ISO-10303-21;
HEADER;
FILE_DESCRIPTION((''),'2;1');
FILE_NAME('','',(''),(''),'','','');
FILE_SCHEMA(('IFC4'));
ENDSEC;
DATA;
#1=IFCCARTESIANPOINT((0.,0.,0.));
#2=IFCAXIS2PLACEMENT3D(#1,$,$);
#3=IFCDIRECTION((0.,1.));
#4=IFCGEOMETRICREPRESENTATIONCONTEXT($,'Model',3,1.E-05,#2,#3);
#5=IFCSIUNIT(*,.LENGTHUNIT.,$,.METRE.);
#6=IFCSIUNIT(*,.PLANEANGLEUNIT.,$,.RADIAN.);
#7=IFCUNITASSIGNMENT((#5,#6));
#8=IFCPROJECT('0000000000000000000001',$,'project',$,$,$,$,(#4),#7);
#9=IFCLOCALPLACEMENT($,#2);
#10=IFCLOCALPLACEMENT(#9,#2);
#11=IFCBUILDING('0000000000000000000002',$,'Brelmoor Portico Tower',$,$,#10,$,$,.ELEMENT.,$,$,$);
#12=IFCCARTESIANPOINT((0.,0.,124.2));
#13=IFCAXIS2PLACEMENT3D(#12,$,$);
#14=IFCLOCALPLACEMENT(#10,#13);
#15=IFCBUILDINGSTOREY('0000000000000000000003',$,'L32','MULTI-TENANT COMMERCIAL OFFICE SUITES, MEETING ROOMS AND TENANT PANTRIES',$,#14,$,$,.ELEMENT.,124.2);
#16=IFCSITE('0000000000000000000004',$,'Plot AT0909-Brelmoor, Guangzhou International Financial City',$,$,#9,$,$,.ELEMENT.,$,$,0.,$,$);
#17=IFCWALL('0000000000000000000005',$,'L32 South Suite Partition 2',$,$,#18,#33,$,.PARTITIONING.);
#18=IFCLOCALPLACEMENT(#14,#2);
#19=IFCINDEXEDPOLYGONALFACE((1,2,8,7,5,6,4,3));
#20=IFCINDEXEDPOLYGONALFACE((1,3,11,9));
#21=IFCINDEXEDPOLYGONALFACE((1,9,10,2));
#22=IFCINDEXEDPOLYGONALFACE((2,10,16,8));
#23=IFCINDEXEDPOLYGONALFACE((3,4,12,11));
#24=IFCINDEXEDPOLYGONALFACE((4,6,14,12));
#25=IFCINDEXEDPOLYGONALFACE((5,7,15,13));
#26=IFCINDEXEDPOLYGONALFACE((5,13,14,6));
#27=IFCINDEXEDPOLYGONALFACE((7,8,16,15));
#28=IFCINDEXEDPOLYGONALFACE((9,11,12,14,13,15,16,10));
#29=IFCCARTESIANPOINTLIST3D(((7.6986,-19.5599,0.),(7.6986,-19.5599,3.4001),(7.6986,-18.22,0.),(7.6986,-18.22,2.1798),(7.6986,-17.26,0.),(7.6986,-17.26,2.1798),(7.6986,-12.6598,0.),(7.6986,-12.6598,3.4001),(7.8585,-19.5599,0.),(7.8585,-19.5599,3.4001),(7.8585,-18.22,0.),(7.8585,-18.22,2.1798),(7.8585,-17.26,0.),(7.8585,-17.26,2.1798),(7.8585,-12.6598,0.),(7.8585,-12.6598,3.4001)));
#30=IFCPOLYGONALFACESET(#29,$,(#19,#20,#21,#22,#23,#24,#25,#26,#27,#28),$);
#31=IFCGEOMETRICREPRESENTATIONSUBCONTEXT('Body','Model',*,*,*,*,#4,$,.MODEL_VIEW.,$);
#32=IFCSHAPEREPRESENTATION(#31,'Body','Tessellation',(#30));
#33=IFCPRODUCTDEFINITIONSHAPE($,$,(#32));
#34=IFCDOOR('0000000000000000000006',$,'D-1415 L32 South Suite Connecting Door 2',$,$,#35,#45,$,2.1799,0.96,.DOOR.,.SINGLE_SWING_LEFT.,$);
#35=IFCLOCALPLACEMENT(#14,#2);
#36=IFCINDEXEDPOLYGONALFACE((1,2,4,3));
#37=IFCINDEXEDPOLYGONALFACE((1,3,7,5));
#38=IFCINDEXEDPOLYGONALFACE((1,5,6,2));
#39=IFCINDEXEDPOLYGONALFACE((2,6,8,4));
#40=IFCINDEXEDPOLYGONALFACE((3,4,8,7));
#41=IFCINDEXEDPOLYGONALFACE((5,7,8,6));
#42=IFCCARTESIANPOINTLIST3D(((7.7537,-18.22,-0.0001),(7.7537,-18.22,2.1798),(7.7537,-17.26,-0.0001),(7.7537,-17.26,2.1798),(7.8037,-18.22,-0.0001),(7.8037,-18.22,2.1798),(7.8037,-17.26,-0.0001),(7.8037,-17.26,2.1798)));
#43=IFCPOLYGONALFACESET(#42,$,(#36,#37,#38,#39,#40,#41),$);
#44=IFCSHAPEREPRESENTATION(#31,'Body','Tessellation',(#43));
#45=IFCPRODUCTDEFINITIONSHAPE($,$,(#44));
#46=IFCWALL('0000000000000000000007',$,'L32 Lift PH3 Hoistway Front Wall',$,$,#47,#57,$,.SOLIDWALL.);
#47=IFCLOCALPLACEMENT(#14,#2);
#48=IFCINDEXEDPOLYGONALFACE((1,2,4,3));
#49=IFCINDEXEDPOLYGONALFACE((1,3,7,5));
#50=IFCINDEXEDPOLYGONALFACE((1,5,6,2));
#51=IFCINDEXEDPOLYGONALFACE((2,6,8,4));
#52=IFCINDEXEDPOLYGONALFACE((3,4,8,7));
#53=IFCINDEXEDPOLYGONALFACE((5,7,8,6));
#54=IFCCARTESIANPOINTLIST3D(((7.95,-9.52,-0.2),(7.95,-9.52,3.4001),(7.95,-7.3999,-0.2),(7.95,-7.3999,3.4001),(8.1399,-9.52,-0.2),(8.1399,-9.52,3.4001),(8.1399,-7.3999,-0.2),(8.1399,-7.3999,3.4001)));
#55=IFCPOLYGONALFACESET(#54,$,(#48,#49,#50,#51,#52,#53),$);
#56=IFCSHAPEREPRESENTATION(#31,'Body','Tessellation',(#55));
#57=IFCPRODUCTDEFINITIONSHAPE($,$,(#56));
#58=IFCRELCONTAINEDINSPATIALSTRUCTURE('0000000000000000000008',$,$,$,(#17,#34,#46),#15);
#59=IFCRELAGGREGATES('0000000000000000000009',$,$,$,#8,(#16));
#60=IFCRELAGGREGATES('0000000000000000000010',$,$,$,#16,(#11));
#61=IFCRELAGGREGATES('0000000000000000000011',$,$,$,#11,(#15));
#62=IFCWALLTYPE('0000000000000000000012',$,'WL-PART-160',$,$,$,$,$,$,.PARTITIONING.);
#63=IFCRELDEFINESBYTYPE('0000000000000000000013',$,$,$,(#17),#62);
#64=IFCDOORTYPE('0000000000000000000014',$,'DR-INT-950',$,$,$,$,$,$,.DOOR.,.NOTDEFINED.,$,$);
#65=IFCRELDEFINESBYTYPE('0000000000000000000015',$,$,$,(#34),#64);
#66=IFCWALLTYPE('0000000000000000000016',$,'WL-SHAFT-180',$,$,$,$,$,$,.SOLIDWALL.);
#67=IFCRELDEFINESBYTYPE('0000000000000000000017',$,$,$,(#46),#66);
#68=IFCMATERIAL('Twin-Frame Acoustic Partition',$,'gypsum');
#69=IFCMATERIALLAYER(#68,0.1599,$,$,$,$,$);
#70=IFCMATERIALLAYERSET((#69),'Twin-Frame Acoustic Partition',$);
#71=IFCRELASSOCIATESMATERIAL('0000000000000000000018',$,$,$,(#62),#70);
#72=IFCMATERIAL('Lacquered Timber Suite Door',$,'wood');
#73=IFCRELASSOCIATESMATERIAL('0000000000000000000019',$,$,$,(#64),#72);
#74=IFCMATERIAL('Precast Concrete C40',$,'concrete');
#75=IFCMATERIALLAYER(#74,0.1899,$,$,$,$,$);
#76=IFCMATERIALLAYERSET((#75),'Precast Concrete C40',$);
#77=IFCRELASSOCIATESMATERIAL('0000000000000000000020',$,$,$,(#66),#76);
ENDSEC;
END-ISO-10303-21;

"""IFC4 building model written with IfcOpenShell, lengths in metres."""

from ifc_helpers import new_model, si_unit, direction, frame, frame_2d, origin, place, context, subcontext, project, spatial, rectangle, extrude, material, layer, layer_set, type_object, element, fill, save


model = new_model("IFC4")

# Units and contexts
model_context = context("Model", 3, precision=1e-05, world=origin(), true_north=direction((0.0, 1.0)))
body_context = subcontext(model_context, "Body", "Model", "MODEL_VIEW")
ifc_project = project(units=[si_unit("LENGTHUNIT", "METRE"), si_unit("PLANEANGLEUNIT", "RADIAN")], contexts=[model_context])

# Site, building, storey
site_placement = place(None, origin())
site = spatial("IfcSite", under=ifc_project, at=site_placement, Name="Plot AT0909-Brelmoor, Guangzhou International Financial City", CompositionType="ELEMENT", RefElevation=0.0)
building_placement = place(site_placement, origin())
building = spatial("IfcBuilding", under=site, at=building_placement, Name="Brelmoor Portico Tower", CompositionType="ELEMENT")
storey_placement = place(building_placement, frame((0.0, 0.0, 124.2)))
storey = spatial("IfcBuildingStorey", under=building, at=storey_placement, Name="L32", Description="MULTI-TENANT COMMERCIAL OFFICE SUITES, MEETING ROOMS AND TENANT PANTRIES", CompositionType="ELEMENT", Elevation=124.2)

# Wall, opening, door
ifc_material_1 = material(Name="Twin-Frame Acoustic Partition", Category="gypsum")
ifc_layer_1 = layer(ifc_material_1, 0.1599)
ifc_layer_set_1 = layer_set([ifc_layer_1], Name="Twin-Frame Acoustic Partition")
wall_type_1 = type_object("IfcWallType", Name="WL-PART-160", PredefinedType="PARTITIONING", material=ifc_layer_set_1)
wall_1_placement = place(storey_placement, frame((7.7786, -19.5601, 0.0), z_axis=(0.0, 0.0, 1.0), x_axis=(0.0, 1.0, 0.0)))
wall_1 = element("IfcWall", 1, at=wall_1_placement, inside=storey, type_object=wall_type_1, Name="L32 South Suite Partition 2", PredefinedType="PARTITIONING", context=body_context, shape_type="SweptSolid", body=[
    extrude(rectangle(XDim=6.9001, YDim=0.1599, at=frame_2d((3.4502, 0.0))), origin(), (0.0, 0.0, 1.0), 3.4001),
])
opening_placement = place(wall_1_placement, frame((1.3401, 0.0, 0.0)))
opening = element("IfcOpeningElement", 2, at=opening_placement, cuts=wall_1, PredefinedType="OPENING", context=body_context, shape_type="SweptSolid", body=[
    extrude(rectangle(XDim=0.96, YDim=2.1799, at=frame_2d((0.48, 1.0898))), frame((0.0, 0.0898, 0.0), z_axis=(0.0, -1.0, 0.0), x_axis=(1.0, 0.0, 0.0)), (0.0, 0.0, 1.0), 0.1799),
])
ifc_material_2 = material(Name="Lacquered Timber Suite Door", Category="wood")
door_type = type_object("IfcDoorType", Name="DR-INT-950", OperationType="NOTDEFINED", PredefinedType="DOOR", material=ifc_material_2)
door_placement = place(opening_placement, origin())
door = element("IfcDoor", 3, at=door_placement, inside=storey, type_object=door_type, Name="D-1415 L32 South Suite Connecting Door 2", OperationType="SINGLE_SWING_LEFT", OverallHeight=2.1799, OverallWidth=0.96, PredefinedType="DOOR", context=body_context, shape_type="SweptSolid", body=[
    extrude(rectangle(XDim=0.96, YDim=2.1799, at=frame_2d((0.48, 1.0898))), frame((0.0, 0.0249, 0.0), z_axis=(0.0, -1.0, 0.0), x_axis=(1.0, 0.0, 0.0)), (0.0, 0.0, 1.0), 0.05),
])
fill(opening, door)

# Wall
ifc_material_3 = material(Name="Precast Concrete C40", Category="concrete")
ifc_layer_2 = layer(ifc_material_3, 0.1899)
ifc_layer_set_2 = layer_set([ifc_layer_2], Name="Precast Concrete C40")
wall_type_2 = type_object("IfcWallType", Name="WL-SHAFT-180", PredefinedType="SOLIDWALL", material=ifc_layer_set_2)
wall_2_placement = place(storey_placement, frame((8.0449, -9.52, -0.2), z_axis=(0.0, 0.0, 1.0), x_axis=(0.0, 1.0, 0.0)))
element("IfcWall", 4, at=wall_2_placement, inside=storey, type_object=wall_type_2, Name="L32 Lift PH3 Hoistway Front Wall", PredefinedType="SOLIDWALL", context=body_context, shape_type="SweptSolid", body=[
    extrude(rectangle(XDim=2.1201, YDim=0.1899, at=frame_2d((1.0601, 0.0))), origin(), (0.0, 0.0, 1.0), 3.6001),
])

save(model, "model.ifc")
